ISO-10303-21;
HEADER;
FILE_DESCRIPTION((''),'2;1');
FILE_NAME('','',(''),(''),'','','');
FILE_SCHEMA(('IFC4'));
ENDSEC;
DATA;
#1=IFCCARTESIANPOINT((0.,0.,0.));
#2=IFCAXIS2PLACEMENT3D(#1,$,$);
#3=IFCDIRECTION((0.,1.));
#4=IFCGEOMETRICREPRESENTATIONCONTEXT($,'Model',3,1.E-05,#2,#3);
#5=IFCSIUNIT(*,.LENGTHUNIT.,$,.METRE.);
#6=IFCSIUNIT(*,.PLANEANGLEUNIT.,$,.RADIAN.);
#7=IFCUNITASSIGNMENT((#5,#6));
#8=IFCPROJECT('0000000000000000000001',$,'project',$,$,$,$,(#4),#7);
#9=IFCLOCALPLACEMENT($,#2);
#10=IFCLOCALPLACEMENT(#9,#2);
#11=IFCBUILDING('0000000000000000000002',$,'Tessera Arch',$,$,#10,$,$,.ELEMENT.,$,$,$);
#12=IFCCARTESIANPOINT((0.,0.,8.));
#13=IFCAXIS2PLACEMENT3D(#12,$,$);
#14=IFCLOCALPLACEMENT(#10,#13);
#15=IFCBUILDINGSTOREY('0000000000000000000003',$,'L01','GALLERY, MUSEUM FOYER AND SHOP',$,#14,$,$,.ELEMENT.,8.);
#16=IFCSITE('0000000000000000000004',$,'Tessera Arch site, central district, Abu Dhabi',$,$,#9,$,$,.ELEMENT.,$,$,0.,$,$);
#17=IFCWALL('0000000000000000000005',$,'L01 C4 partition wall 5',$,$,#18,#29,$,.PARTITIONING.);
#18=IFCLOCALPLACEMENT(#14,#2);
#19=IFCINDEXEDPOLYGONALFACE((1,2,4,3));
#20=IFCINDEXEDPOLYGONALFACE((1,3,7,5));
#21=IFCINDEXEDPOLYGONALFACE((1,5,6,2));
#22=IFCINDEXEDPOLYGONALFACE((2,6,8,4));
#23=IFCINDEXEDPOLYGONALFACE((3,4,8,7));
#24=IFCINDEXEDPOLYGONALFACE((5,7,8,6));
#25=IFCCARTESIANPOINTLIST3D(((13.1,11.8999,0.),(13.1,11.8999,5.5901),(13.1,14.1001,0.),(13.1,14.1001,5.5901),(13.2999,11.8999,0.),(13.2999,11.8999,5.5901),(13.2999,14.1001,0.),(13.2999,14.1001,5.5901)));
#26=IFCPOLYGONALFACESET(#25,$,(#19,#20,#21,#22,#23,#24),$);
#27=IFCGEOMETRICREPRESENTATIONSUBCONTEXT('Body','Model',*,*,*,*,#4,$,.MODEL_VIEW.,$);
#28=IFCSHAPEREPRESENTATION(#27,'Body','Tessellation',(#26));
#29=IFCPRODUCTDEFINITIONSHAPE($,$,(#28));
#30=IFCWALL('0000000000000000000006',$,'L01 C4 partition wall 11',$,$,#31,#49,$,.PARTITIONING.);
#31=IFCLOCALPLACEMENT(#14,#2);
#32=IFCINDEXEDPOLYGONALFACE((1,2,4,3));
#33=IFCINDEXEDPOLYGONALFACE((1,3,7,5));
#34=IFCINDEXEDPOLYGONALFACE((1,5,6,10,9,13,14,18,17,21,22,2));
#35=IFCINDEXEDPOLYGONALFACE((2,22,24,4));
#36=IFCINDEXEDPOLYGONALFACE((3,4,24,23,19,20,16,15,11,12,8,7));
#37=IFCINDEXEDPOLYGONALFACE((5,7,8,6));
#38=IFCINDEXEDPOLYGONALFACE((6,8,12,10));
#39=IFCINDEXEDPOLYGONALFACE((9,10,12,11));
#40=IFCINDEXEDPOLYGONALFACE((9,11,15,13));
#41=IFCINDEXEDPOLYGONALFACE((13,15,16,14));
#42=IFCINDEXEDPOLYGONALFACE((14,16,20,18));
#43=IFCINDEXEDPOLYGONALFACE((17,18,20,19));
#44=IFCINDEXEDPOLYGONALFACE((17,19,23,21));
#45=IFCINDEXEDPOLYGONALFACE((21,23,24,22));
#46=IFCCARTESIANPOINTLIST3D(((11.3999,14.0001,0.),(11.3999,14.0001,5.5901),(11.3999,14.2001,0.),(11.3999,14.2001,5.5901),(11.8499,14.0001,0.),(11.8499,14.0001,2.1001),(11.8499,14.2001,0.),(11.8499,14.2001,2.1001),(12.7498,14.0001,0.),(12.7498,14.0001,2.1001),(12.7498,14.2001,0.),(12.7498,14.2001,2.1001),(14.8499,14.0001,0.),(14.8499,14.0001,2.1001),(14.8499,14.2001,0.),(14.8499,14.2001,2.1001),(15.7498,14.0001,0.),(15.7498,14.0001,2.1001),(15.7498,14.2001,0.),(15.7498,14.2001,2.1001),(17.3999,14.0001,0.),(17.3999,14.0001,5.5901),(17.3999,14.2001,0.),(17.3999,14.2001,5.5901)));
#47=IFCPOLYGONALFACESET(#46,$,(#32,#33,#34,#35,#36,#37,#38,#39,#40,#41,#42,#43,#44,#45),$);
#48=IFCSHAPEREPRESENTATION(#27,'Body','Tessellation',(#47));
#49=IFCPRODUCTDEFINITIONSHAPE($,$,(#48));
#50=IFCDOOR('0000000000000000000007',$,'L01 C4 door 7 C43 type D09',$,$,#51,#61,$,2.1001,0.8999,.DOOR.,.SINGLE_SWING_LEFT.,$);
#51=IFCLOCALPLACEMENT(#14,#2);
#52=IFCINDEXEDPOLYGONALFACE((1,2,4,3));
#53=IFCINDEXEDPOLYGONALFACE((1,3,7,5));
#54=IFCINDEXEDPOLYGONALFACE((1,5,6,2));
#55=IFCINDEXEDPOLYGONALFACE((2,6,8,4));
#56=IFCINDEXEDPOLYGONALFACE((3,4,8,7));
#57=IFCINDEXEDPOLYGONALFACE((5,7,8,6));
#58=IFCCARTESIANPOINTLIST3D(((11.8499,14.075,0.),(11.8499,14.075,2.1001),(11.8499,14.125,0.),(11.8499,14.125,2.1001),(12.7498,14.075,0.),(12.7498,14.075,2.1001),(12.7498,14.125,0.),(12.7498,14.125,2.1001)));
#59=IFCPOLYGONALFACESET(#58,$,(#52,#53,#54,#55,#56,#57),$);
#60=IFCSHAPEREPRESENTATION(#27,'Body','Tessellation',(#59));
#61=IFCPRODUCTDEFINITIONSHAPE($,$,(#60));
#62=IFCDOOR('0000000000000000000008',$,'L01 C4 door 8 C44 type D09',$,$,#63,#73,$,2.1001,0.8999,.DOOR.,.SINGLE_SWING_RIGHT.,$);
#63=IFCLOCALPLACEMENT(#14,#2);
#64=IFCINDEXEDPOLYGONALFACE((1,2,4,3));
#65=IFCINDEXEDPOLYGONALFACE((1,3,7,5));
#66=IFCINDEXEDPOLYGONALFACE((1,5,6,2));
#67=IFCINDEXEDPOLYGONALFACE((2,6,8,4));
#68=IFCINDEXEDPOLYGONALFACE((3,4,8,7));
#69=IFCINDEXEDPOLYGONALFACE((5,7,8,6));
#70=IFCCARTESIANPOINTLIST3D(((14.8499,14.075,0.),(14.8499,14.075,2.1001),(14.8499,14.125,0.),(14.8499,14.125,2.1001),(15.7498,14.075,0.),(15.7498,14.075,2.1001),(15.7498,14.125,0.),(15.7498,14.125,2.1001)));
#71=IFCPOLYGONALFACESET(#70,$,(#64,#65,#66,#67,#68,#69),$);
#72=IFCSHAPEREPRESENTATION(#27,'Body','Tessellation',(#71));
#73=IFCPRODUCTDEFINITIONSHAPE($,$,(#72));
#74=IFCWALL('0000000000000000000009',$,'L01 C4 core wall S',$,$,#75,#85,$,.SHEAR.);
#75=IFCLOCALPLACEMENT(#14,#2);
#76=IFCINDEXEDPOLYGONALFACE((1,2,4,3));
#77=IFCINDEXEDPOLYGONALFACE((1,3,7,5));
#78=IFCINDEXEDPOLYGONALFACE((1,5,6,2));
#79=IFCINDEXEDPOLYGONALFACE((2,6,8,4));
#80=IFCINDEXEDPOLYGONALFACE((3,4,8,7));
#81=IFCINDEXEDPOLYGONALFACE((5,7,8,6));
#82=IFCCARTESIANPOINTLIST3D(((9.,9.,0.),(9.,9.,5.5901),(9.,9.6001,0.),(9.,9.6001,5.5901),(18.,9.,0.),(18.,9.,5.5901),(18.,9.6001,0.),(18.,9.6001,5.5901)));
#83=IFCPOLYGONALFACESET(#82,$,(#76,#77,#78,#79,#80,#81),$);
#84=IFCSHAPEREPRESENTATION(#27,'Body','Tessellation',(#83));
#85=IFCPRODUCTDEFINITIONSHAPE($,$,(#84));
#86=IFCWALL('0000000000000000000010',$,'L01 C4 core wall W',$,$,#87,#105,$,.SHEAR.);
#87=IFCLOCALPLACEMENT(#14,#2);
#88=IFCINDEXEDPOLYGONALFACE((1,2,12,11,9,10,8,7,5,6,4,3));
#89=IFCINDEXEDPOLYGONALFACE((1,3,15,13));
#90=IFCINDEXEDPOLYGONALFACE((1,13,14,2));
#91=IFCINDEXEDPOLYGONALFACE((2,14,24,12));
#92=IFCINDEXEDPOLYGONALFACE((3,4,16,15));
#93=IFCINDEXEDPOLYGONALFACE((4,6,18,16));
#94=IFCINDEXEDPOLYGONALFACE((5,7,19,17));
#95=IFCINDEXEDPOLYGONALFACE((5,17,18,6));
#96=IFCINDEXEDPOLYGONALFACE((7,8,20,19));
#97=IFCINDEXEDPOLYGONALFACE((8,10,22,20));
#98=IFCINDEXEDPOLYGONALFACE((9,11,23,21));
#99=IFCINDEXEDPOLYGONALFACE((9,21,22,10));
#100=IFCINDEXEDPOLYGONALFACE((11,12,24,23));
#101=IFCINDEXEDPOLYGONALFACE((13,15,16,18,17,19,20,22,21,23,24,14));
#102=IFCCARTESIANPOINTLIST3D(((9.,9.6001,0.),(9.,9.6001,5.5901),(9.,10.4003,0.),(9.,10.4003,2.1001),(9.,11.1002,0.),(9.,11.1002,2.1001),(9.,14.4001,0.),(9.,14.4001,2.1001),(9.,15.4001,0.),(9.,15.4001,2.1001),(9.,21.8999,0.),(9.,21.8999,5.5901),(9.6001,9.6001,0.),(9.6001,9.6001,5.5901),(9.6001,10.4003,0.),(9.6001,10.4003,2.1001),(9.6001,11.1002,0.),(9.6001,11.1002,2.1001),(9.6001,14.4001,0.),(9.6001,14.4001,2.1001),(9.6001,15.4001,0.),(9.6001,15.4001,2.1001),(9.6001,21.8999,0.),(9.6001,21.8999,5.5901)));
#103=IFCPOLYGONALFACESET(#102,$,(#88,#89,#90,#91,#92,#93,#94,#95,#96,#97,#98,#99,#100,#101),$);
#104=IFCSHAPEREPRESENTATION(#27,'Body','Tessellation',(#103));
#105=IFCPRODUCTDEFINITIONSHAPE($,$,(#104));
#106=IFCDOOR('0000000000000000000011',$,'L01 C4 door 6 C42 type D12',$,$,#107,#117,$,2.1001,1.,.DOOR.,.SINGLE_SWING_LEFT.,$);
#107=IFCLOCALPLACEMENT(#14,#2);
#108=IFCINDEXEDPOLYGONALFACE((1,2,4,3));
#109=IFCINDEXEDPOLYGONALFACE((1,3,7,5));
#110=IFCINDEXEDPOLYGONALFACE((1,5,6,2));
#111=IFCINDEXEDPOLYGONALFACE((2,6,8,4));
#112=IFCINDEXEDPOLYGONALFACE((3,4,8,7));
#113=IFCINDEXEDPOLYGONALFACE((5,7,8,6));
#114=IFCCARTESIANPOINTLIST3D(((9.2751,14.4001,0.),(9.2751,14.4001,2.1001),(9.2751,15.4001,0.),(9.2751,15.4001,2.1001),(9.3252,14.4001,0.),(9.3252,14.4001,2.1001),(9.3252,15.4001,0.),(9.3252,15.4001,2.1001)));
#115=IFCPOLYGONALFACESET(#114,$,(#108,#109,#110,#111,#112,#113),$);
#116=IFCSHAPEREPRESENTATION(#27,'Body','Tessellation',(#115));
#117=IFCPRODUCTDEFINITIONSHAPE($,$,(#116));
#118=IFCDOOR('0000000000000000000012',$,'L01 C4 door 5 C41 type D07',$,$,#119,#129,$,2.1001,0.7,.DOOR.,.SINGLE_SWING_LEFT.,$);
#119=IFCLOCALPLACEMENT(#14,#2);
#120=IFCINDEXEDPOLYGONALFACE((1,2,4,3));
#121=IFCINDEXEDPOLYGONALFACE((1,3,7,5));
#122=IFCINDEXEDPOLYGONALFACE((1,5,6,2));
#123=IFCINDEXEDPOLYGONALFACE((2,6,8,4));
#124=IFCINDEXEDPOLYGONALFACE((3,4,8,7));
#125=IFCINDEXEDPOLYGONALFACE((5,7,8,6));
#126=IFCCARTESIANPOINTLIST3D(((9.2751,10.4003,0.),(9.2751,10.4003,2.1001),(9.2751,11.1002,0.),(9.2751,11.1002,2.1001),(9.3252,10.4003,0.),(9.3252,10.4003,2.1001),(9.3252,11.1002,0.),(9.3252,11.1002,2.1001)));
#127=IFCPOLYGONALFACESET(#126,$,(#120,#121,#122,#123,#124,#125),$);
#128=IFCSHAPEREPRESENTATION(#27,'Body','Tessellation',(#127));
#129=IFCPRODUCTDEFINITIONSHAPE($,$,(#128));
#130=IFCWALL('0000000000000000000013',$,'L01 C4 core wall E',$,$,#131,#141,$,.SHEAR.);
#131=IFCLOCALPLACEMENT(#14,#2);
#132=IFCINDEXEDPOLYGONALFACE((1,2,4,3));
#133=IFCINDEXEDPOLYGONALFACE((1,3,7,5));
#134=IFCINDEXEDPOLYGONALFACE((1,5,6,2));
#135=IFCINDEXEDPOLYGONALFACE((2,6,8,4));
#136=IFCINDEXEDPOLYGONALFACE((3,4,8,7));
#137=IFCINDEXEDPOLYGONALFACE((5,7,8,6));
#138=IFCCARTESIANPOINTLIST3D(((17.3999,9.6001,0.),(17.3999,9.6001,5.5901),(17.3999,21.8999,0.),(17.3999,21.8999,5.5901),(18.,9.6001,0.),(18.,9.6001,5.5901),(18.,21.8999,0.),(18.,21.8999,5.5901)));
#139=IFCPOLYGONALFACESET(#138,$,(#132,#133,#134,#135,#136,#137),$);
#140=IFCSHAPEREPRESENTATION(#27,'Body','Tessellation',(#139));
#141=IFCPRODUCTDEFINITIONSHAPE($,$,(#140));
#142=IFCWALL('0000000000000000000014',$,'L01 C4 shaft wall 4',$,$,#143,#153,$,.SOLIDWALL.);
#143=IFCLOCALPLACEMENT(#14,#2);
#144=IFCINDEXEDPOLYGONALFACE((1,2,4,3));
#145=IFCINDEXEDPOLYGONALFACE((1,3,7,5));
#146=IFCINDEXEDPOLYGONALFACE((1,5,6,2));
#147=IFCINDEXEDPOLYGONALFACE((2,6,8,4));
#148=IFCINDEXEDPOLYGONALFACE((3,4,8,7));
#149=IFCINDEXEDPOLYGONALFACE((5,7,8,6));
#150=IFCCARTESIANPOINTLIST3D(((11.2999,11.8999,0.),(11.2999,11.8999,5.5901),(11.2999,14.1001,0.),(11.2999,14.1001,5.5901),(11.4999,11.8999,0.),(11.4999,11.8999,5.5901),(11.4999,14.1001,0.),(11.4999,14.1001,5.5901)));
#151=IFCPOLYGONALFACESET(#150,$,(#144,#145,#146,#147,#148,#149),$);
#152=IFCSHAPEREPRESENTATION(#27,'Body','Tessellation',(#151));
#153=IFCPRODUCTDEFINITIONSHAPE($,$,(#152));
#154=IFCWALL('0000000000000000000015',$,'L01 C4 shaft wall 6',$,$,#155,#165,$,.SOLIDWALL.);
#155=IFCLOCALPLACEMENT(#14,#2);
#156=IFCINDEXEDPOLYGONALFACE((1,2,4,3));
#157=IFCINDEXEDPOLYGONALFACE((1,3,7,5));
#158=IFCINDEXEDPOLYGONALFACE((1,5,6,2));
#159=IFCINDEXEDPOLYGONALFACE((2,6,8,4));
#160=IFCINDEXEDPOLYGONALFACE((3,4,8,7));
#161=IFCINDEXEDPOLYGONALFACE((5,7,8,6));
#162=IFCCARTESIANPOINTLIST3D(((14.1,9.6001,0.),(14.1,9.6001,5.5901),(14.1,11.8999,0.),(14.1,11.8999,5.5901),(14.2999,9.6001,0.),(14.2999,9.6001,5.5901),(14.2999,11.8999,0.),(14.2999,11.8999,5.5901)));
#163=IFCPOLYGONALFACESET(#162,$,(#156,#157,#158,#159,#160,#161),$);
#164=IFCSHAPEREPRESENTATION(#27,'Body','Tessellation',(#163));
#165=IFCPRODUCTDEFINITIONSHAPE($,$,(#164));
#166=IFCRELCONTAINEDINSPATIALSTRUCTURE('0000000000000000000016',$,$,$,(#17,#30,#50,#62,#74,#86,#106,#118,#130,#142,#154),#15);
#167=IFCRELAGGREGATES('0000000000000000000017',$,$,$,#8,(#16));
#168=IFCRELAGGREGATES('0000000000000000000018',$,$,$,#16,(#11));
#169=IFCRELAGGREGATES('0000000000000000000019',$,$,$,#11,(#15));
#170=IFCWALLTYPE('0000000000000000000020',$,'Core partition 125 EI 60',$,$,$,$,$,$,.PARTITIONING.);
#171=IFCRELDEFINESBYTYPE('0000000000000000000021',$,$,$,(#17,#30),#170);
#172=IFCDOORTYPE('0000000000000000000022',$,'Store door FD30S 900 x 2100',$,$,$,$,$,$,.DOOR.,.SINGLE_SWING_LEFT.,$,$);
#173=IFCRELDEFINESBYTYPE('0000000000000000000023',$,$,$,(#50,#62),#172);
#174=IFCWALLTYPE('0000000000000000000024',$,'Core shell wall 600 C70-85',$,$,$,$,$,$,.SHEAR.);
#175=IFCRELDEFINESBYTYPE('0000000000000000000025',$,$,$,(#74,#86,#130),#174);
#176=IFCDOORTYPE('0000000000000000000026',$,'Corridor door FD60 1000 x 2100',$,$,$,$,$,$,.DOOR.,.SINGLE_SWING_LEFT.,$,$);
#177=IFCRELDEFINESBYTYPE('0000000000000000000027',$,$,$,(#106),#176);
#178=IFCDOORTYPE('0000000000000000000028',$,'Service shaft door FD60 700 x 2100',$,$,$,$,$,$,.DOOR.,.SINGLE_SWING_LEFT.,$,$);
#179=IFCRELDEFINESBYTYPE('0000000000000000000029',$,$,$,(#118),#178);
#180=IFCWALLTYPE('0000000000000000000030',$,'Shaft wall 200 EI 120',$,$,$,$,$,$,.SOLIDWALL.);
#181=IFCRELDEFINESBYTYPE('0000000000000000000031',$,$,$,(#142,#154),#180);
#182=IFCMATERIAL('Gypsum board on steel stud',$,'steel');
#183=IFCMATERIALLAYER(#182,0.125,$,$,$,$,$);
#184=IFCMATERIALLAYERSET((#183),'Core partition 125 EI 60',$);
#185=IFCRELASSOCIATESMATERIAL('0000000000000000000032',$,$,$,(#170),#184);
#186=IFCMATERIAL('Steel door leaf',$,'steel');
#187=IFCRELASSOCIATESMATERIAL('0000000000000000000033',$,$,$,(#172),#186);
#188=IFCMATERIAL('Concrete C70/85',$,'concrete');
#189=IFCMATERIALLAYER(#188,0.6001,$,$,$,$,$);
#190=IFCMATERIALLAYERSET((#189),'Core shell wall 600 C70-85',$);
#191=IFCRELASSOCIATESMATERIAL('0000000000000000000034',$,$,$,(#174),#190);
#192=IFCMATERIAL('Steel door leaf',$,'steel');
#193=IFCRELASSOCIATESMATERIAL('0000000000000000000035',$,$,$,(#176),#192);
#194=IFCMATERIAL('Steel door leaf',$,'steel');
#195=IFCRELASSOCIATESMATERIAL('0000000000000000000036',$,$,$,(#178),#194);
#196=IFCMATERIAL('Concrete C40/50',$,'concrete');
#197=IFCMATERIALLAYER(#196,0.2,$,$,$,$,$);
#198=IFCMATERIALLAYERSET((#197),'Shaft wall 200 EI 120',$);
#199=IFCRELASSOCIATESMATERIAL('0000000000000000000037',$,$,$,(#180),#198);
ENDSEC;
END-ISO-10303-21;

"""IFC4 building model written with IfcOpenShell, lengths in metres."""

from ifc_helpers import new_model, si_unit, direction, frame, frame_2d, origin, place, context, subcontext, project, spatial, rectangle, extrude, material, layer, layer_set, type_object, element, fill, save


model = new_model("IFC4")

# Units and contexts
model_context = context("Model", 3, precision=1e-05, world=origin(), true_north=direction((0.0, 1.0)))
body_context = subcontext(model_context, "Body", "Model", "MODEL_VIEW")
ifc_project = project(units=[si_unit("LENGTHUNIT", "METRE"), si_unit("PLANEANGLEUNIT", "RADIAN")], contexts=[model_context])

# Site, building, storey
site_placement = place(None, origin())
site = spatial("IfcSite", under=ifc_project, at=site_placement, Name="Tessera Arch site, central district, Abu Dhabi", CompositionType="ELEMENT", RefElevation=0.0)
building_placement = place(site_placement, origin())
building = spatial("IfcBuilding", under=site, at=building_placement, Name="Tessera Arch", CompositionType="ELEMENT")
storey_placement = place(building_placement, frame((0.0, 0.0, 8.0)))
storey = spatial("IfcBuildingStorey", under=building, at=storey_placement, Name="L01", Description="GALLERY, MUSEUM FOYER AND SHOP", CompositionType="ELEMENT", Elevation=8.0)

# Wall
ifc_material_1 = material(Name="Gypsum board on steel stud", Category="steel")
ifc_layer_1 = layer(ifc_material_1, 0.125)
ifc_layer_set_1 = layer_set([ifc_layer_1], Name="Core partition 125 EI 60")
wall_type_1 = type_object("IfcWallType", Name="Core partition 125 EI 60", PredefinedType="PARTITIONING", material=ifc_layer_set_1)
wall_1_placement = place(storey_placement, frame((13.2, 11.8999, 0.0), z_axis=(0.0, 0.0, 1.0), x_axis=(0.0, 1.0, 0.0)))
element("IfcWall", 1, at=wall_1_placement, inside=storey, type_object=wall_type_1, Name="L01 C4 partition wall 5", PredefinedType="PARTITIONING", context=body_context, shape_type="SweptSolid", body=[
    extrude(rectangle(XDim=2.2002, YDim=0.2, at=frame_2d((1.1001, 0.0))), origin(), (0.0, 0.0, 1.0), 5.5901),
])

# Wall, openings, doors
wall_2_placement = place(storey_placement, frame((11.3999, 14.1001, 0.0), z_axis=(0.0, 0.0, 1.0), x_axis=(1.0, 0.0, 0.0)))
wall_2 = element("IfcWall", 2, at=wall_2_placement, inside=storey, type_object=wall_type_1, Name="L01 C4 partition wall 11", PredefinedType="PARTITIONING", context=body_context, shape_type="SweptSolid", body=[
    extrude(rectangle(XDim=6.0, YDim=0.2, at=frame_2d((3.0, 0.0))), origin(), (0.0, 0.0, 1.0), 5.5901),
])
opening_1_placement = place(wall_2_placement, frame((0.45, 0.0, 0.0)))
opening_1 = element("IfcOpeningElement", 3, at=opening_1_placement, cuts=wall_2, PredefinedType="OPENING", context=body_context, shape_type="SweptSolid", body=[
    extrude(rectangle(XDim=0.8999, YDim=2.1001, at=frame_2d((0.45, 1.05))), frame((0.0, 0.1099, 0.0), z_axis=(0.0, -1.0, 0.0), x_axis=(1.0, 0.0, 0.0)), (0.0, 0.0, 1.0), 0.22),
])
opening_2_placement = place(wall_2_placement, frame((3.45, 0.0, 0.0)))
opening_2 = element("IfcOpeningElement", 4, at=opening_2_placement, cuts=wall_2, PredefinedType="OPENING", context=body_context, shape_type="SweptSolid", body=[
    extrude(rectangle(XDim=0.8999, YDim=2.1001, at=frame_2d((0.45, 1.05))), frame((0.0, 0.1099, 0.0), z_axis=(0.0, -1.0, 0.0), x_axis=(1.0, 0.0, 0.0)), (0.0, 0.0, 1.0), 0.22),
])
ifc_material_2 = material(Name="Steel door leaf", Category="steel")
door_type_1 = type_object("IfcDoorType", Name="Store door FD30S 900 x 2100", OperationType="SINGLE_SWING_LEFT", PredefinedType="DOOR", material=ifc_material_2)
door_1_placement = place(opening_1_placement, origin())
door_1 = element("IfcDoor", 5, at=door_1_placement, inside=storey, type_object=door_type_1, Name="L01 C4 door 7 C43 type D09", OperationType="SINGLE_SWING_LEFT", OverallHeight=2.1001, OverallWidth=0.8999, PredefinedType="DOOR", context=body_context, shape_type="SweptSolid", body=[
    extrude(rectangle(XDim=0.8999, YDim=2.1001, at=frame_2d((0.45, 1.05))), frame((0.0, 0.0249, 0.0), z_axis=(0.0, -1.0, 0.0), x_axis=(1.0, 0.0, 0.0)), (0.0, 0.0, 1.0), 0.05),
])
fill(opening_1, door_1)
door_2_placement = place(opening_2_placement, origin())
door_2 = element("IfcDoor", 6, at=door_2_placement, inside=storey, type_object=door_type_1, Name="L01 C4 door 8 C44 type D09", OperationType="SINGLE_SWING_RIGHT", OverallHeight=2.1001, OverallWidth=0.8999, PredefinedType="DOOR", context=body_context, shape_type="SweptSolid", body=[
    extrude(rectangle(XDim=0.8999, YDim=2.1001, at=frame_2d((0.45, 1.05))), frame((0.0, 0.0249, 0.0), z_axis=(0.0, -1.0, 0.0), x_axis=(1.0, 0.0, 0.0)), (0.0, 0.0, 1.0), 0.05),
])
fill(opening_2, door_2)

# Wall
ifc_material_3 = material(Name="Concrete C70/85", Category="concrete")
ifc_layer_2 = layer(ifc_material_3, 0.6001)
ifc_layer_set_2 = layer_set([ifc_layer_2], Name="Core shell wall 600 C70-85")
wall_type_2 = type_object("IfcWallType", Name="Core shell wall 600 C70-85", PredefinedType="SHEAR", material=ifc_layer_set_2)
wall_3_placement = place(storey_placement, frame((9.0, 9.3, 0.0), z_axis=(0.0, 0.0, 1.0), x_axis=(1.0, 0.0, 0.0)))
element("IfcWall", 7, at=wall_3_placement, inside=storey, type_object=wall_type_2, Name="L01 C4 core wall S", PredefinedType="SHEAR", context=body_context, shape_type="SweptSolid", body=[
    extrude(rectangle(XDim=9.0, YDim=0.6001, at=frame_2d((4.5, 0.0))), origin(), (0.0, 0.0, 1.0), 5.5901),
])

# Wall, openings, doors
wall_4_placement = place(storey_placement, frame((9.3, 9.6001, 0.0), z_axis=(0.0, 0.0, 1.0), x_axis=(0.0, 1.0, 0.0)))
wall_4 = element("IfcWall", 8, at=wall_4_placement, inside=storey, type_object=wall_type_2, Name="L01 C4 core wall W", PredefinedType="SHEAR", context=body_context, shape_type="SweptSolid", body=[
    extrude(rectangle(XDim=12.2998, YDim=0.6001, at=frame_2d((6.1499, 0.0))), origin(), (0.0, 0.0, 1.0), 5.5901),
])
opening_3_placement = place(wall_4_placement, frame((0.8, 0.0, 0.0)))
opening_3 = element("IfcOpeningElement", 9, at=opening_3_placement, cuts=wall_4, PredefinedType="OPENING", context=body_context, shape_type="SweptSolid", body=[
    extrude(rectangle(XDim=0.7, YDim=2.1001, at=frame_2d((0.3501, 1.05))), frame((0.0, 0.3101, 0.0), z_axis=(0.0, -1.0, 0.0), x_axis=(1.0, 0.0, 0.0)), (0.0, 0.0, 1.0), 0.6201),
])
opening_4_placement = place(wall_4_placement, frame((4.8, 0.0, 0.0)))
opening_4 = element("IfcOpeningElement", 10, at=opening_4_placement, cuts=wall_4, PredefinedType="OPENING", context=body_context, shape_type="SweptSolid", body=[
    extrude(rectangle(XDim=1.0, YDim=2.1001, at=frame_2d((0.5, 1.05))), frame((0.0, 0.3101, 0.0), z_axis=(0.0, -1.0, 0.0), x_axis=(1.0, 0.0, 0.0)), (0.0, 0.0, 1.0), 0.6201),
])
ifc_material_4 = material(Name="Steel door leaf", Category="steel")
door_type_2 = type_object("IfcDoorType", Name="Corridor door FD60 1000 x 2100", OperationType="SINGLE_SWING_LEFT", PredefinedType="DOOR", material=ifc_material_4)
door_3_placement = place(opening_4_placement, origin())
door_3 = element("IfcDoor", 11, at=door_3_placement, inside=storey, type_object=door_type_2, Name="L01 C4 door 6 C42 type D12", OperationType="SINGLE_SWING_LEFT", OverallHeight=2.1001, OverallWidth=1.0, PredefinedType="DOOR", context=body_context, shape_type="SweptSolid", body=[
    extrude(rectangle(XDim=1.0, YDim=2.1001, at=frame_2d((0.5, 1.05))), frame((0.0, 0.0249, 0.0), z_axis=(0.0, -1.0, 0.0), x_axis=(1.0, 0.0, 0.0)), (0.0, 0.0, 1.0), 0.05),
])
fill(opening_4, door_3)
ifc_material_5 = material(Name="Steel door leaf", Category="steel")
door_type_3 = type_object("IfcDoorType", Name="Service shaft door FD60 700 x 2100", OperationType="SINGLE_SWING_LEFT", PredefinedType="DOOR", material=ifc_material_5)
door_4_placement = place(opening_3_placement, origin())
door_4 = element("IfcDoor", 12, at=door_4_placement, inside=storey, type_object=door_type_3, Name="L01 C4 door 5 C41 type D07", OperationType="SINGLE_SWING_LEFT", OverallHeight=2.1001, OverallWidth=0.7, PredefinedType="DOOR", context=body_context, shape_type="SweptSolid", body=[
    extrude(rectangle(XDim=0.7, YDim=2.1001, at=frame_2d((0.3501, 1.05))), frame((0.0, 0.0249, 0.0), z_axis=(0.0, -1.0, 0.0), x_axis=(1.0, 0.0, 0.0)), (0.0, 0.0, 1.0), 0.05),
])
fill(opening_3, door_4)

# Walls
wall_5_placement = place(storey_placement, frame((17.7, 9.6001, 0.0), z_axis=(0.0, 0.0, 1.0), x_axis=(0.0, 1.0, 0.0)))
element("IfcWall", 13, at=wall_5_placement, inside=storey, type_object=wall_type_2, Name="L01 C4 core wall E", PredefinedType="SHEAR", context=body_context, shape_type="SweptSolid", body=[
    extrude(rectangle(XDim=12.2998, YDim=0.6001, at=frame_2d((6.1499, 0.0))), origin(), (0.0, 0.0, 1.0), 5.5901),
])
ifc_material_6 = material(Name="Concrete C40/50", Category="concrete")
ifc_layer_3 = layer(ifc_material_6, 0.2)
ifc_layer_set_3 = layer_set([ifc_layer_3], Name="Shaft wall 200 EI 120")
wall_type_3 = type_object("IfcWallType", Name="Shaft wall 200 EI 120", PredefinedType="SOLIDWALL", material=ifc_layer_set_3)
wall_6_placement = place(storey_placement, frame((11.3999, 11.8999, 0.0), z_axis=(0.0, 0.0, 1.0), x_axis=(0.0, 1.0, 0.0)))
element("IfcWall", 14, at=wall_6_placement, inside=storey, type_object=wall_type_3, Name="L01 C4 shaft wall 4", PredefinedType="SOLIDWALL", context=body_context, shape_type="SweptSolid", body=[
    extrude(rectangle(XDim=2.2002, YDim=0.2, at=frame_2d((1.1001, 0.0))), origin(), (0.0, 0.0, 1.0), 5.5901),
])
wall_7_placement = place(storey_placement, frame((14.2, 9.6001, 0.0), z_axis=(0.0, 0.0, 1.0), x_axis=(0.0, 1.0, 0.0)))
element("IfcWall", 15, at=wall_7_placement, inside=storey, type_object=wall_type_3, Name="L01 C4 shaft wall 6", PredefinedType="SOLIDWALL", context=body_context, shape_type="SweptSolid", body=[
    extrude(rectangle(XDim=2.2998, YDim=0.2, at=frame_2d((1.1499, 0.0))), origin(), (0.0, 0.0, 1.0), 5.5901),
])

save(model, "model.ifc")
